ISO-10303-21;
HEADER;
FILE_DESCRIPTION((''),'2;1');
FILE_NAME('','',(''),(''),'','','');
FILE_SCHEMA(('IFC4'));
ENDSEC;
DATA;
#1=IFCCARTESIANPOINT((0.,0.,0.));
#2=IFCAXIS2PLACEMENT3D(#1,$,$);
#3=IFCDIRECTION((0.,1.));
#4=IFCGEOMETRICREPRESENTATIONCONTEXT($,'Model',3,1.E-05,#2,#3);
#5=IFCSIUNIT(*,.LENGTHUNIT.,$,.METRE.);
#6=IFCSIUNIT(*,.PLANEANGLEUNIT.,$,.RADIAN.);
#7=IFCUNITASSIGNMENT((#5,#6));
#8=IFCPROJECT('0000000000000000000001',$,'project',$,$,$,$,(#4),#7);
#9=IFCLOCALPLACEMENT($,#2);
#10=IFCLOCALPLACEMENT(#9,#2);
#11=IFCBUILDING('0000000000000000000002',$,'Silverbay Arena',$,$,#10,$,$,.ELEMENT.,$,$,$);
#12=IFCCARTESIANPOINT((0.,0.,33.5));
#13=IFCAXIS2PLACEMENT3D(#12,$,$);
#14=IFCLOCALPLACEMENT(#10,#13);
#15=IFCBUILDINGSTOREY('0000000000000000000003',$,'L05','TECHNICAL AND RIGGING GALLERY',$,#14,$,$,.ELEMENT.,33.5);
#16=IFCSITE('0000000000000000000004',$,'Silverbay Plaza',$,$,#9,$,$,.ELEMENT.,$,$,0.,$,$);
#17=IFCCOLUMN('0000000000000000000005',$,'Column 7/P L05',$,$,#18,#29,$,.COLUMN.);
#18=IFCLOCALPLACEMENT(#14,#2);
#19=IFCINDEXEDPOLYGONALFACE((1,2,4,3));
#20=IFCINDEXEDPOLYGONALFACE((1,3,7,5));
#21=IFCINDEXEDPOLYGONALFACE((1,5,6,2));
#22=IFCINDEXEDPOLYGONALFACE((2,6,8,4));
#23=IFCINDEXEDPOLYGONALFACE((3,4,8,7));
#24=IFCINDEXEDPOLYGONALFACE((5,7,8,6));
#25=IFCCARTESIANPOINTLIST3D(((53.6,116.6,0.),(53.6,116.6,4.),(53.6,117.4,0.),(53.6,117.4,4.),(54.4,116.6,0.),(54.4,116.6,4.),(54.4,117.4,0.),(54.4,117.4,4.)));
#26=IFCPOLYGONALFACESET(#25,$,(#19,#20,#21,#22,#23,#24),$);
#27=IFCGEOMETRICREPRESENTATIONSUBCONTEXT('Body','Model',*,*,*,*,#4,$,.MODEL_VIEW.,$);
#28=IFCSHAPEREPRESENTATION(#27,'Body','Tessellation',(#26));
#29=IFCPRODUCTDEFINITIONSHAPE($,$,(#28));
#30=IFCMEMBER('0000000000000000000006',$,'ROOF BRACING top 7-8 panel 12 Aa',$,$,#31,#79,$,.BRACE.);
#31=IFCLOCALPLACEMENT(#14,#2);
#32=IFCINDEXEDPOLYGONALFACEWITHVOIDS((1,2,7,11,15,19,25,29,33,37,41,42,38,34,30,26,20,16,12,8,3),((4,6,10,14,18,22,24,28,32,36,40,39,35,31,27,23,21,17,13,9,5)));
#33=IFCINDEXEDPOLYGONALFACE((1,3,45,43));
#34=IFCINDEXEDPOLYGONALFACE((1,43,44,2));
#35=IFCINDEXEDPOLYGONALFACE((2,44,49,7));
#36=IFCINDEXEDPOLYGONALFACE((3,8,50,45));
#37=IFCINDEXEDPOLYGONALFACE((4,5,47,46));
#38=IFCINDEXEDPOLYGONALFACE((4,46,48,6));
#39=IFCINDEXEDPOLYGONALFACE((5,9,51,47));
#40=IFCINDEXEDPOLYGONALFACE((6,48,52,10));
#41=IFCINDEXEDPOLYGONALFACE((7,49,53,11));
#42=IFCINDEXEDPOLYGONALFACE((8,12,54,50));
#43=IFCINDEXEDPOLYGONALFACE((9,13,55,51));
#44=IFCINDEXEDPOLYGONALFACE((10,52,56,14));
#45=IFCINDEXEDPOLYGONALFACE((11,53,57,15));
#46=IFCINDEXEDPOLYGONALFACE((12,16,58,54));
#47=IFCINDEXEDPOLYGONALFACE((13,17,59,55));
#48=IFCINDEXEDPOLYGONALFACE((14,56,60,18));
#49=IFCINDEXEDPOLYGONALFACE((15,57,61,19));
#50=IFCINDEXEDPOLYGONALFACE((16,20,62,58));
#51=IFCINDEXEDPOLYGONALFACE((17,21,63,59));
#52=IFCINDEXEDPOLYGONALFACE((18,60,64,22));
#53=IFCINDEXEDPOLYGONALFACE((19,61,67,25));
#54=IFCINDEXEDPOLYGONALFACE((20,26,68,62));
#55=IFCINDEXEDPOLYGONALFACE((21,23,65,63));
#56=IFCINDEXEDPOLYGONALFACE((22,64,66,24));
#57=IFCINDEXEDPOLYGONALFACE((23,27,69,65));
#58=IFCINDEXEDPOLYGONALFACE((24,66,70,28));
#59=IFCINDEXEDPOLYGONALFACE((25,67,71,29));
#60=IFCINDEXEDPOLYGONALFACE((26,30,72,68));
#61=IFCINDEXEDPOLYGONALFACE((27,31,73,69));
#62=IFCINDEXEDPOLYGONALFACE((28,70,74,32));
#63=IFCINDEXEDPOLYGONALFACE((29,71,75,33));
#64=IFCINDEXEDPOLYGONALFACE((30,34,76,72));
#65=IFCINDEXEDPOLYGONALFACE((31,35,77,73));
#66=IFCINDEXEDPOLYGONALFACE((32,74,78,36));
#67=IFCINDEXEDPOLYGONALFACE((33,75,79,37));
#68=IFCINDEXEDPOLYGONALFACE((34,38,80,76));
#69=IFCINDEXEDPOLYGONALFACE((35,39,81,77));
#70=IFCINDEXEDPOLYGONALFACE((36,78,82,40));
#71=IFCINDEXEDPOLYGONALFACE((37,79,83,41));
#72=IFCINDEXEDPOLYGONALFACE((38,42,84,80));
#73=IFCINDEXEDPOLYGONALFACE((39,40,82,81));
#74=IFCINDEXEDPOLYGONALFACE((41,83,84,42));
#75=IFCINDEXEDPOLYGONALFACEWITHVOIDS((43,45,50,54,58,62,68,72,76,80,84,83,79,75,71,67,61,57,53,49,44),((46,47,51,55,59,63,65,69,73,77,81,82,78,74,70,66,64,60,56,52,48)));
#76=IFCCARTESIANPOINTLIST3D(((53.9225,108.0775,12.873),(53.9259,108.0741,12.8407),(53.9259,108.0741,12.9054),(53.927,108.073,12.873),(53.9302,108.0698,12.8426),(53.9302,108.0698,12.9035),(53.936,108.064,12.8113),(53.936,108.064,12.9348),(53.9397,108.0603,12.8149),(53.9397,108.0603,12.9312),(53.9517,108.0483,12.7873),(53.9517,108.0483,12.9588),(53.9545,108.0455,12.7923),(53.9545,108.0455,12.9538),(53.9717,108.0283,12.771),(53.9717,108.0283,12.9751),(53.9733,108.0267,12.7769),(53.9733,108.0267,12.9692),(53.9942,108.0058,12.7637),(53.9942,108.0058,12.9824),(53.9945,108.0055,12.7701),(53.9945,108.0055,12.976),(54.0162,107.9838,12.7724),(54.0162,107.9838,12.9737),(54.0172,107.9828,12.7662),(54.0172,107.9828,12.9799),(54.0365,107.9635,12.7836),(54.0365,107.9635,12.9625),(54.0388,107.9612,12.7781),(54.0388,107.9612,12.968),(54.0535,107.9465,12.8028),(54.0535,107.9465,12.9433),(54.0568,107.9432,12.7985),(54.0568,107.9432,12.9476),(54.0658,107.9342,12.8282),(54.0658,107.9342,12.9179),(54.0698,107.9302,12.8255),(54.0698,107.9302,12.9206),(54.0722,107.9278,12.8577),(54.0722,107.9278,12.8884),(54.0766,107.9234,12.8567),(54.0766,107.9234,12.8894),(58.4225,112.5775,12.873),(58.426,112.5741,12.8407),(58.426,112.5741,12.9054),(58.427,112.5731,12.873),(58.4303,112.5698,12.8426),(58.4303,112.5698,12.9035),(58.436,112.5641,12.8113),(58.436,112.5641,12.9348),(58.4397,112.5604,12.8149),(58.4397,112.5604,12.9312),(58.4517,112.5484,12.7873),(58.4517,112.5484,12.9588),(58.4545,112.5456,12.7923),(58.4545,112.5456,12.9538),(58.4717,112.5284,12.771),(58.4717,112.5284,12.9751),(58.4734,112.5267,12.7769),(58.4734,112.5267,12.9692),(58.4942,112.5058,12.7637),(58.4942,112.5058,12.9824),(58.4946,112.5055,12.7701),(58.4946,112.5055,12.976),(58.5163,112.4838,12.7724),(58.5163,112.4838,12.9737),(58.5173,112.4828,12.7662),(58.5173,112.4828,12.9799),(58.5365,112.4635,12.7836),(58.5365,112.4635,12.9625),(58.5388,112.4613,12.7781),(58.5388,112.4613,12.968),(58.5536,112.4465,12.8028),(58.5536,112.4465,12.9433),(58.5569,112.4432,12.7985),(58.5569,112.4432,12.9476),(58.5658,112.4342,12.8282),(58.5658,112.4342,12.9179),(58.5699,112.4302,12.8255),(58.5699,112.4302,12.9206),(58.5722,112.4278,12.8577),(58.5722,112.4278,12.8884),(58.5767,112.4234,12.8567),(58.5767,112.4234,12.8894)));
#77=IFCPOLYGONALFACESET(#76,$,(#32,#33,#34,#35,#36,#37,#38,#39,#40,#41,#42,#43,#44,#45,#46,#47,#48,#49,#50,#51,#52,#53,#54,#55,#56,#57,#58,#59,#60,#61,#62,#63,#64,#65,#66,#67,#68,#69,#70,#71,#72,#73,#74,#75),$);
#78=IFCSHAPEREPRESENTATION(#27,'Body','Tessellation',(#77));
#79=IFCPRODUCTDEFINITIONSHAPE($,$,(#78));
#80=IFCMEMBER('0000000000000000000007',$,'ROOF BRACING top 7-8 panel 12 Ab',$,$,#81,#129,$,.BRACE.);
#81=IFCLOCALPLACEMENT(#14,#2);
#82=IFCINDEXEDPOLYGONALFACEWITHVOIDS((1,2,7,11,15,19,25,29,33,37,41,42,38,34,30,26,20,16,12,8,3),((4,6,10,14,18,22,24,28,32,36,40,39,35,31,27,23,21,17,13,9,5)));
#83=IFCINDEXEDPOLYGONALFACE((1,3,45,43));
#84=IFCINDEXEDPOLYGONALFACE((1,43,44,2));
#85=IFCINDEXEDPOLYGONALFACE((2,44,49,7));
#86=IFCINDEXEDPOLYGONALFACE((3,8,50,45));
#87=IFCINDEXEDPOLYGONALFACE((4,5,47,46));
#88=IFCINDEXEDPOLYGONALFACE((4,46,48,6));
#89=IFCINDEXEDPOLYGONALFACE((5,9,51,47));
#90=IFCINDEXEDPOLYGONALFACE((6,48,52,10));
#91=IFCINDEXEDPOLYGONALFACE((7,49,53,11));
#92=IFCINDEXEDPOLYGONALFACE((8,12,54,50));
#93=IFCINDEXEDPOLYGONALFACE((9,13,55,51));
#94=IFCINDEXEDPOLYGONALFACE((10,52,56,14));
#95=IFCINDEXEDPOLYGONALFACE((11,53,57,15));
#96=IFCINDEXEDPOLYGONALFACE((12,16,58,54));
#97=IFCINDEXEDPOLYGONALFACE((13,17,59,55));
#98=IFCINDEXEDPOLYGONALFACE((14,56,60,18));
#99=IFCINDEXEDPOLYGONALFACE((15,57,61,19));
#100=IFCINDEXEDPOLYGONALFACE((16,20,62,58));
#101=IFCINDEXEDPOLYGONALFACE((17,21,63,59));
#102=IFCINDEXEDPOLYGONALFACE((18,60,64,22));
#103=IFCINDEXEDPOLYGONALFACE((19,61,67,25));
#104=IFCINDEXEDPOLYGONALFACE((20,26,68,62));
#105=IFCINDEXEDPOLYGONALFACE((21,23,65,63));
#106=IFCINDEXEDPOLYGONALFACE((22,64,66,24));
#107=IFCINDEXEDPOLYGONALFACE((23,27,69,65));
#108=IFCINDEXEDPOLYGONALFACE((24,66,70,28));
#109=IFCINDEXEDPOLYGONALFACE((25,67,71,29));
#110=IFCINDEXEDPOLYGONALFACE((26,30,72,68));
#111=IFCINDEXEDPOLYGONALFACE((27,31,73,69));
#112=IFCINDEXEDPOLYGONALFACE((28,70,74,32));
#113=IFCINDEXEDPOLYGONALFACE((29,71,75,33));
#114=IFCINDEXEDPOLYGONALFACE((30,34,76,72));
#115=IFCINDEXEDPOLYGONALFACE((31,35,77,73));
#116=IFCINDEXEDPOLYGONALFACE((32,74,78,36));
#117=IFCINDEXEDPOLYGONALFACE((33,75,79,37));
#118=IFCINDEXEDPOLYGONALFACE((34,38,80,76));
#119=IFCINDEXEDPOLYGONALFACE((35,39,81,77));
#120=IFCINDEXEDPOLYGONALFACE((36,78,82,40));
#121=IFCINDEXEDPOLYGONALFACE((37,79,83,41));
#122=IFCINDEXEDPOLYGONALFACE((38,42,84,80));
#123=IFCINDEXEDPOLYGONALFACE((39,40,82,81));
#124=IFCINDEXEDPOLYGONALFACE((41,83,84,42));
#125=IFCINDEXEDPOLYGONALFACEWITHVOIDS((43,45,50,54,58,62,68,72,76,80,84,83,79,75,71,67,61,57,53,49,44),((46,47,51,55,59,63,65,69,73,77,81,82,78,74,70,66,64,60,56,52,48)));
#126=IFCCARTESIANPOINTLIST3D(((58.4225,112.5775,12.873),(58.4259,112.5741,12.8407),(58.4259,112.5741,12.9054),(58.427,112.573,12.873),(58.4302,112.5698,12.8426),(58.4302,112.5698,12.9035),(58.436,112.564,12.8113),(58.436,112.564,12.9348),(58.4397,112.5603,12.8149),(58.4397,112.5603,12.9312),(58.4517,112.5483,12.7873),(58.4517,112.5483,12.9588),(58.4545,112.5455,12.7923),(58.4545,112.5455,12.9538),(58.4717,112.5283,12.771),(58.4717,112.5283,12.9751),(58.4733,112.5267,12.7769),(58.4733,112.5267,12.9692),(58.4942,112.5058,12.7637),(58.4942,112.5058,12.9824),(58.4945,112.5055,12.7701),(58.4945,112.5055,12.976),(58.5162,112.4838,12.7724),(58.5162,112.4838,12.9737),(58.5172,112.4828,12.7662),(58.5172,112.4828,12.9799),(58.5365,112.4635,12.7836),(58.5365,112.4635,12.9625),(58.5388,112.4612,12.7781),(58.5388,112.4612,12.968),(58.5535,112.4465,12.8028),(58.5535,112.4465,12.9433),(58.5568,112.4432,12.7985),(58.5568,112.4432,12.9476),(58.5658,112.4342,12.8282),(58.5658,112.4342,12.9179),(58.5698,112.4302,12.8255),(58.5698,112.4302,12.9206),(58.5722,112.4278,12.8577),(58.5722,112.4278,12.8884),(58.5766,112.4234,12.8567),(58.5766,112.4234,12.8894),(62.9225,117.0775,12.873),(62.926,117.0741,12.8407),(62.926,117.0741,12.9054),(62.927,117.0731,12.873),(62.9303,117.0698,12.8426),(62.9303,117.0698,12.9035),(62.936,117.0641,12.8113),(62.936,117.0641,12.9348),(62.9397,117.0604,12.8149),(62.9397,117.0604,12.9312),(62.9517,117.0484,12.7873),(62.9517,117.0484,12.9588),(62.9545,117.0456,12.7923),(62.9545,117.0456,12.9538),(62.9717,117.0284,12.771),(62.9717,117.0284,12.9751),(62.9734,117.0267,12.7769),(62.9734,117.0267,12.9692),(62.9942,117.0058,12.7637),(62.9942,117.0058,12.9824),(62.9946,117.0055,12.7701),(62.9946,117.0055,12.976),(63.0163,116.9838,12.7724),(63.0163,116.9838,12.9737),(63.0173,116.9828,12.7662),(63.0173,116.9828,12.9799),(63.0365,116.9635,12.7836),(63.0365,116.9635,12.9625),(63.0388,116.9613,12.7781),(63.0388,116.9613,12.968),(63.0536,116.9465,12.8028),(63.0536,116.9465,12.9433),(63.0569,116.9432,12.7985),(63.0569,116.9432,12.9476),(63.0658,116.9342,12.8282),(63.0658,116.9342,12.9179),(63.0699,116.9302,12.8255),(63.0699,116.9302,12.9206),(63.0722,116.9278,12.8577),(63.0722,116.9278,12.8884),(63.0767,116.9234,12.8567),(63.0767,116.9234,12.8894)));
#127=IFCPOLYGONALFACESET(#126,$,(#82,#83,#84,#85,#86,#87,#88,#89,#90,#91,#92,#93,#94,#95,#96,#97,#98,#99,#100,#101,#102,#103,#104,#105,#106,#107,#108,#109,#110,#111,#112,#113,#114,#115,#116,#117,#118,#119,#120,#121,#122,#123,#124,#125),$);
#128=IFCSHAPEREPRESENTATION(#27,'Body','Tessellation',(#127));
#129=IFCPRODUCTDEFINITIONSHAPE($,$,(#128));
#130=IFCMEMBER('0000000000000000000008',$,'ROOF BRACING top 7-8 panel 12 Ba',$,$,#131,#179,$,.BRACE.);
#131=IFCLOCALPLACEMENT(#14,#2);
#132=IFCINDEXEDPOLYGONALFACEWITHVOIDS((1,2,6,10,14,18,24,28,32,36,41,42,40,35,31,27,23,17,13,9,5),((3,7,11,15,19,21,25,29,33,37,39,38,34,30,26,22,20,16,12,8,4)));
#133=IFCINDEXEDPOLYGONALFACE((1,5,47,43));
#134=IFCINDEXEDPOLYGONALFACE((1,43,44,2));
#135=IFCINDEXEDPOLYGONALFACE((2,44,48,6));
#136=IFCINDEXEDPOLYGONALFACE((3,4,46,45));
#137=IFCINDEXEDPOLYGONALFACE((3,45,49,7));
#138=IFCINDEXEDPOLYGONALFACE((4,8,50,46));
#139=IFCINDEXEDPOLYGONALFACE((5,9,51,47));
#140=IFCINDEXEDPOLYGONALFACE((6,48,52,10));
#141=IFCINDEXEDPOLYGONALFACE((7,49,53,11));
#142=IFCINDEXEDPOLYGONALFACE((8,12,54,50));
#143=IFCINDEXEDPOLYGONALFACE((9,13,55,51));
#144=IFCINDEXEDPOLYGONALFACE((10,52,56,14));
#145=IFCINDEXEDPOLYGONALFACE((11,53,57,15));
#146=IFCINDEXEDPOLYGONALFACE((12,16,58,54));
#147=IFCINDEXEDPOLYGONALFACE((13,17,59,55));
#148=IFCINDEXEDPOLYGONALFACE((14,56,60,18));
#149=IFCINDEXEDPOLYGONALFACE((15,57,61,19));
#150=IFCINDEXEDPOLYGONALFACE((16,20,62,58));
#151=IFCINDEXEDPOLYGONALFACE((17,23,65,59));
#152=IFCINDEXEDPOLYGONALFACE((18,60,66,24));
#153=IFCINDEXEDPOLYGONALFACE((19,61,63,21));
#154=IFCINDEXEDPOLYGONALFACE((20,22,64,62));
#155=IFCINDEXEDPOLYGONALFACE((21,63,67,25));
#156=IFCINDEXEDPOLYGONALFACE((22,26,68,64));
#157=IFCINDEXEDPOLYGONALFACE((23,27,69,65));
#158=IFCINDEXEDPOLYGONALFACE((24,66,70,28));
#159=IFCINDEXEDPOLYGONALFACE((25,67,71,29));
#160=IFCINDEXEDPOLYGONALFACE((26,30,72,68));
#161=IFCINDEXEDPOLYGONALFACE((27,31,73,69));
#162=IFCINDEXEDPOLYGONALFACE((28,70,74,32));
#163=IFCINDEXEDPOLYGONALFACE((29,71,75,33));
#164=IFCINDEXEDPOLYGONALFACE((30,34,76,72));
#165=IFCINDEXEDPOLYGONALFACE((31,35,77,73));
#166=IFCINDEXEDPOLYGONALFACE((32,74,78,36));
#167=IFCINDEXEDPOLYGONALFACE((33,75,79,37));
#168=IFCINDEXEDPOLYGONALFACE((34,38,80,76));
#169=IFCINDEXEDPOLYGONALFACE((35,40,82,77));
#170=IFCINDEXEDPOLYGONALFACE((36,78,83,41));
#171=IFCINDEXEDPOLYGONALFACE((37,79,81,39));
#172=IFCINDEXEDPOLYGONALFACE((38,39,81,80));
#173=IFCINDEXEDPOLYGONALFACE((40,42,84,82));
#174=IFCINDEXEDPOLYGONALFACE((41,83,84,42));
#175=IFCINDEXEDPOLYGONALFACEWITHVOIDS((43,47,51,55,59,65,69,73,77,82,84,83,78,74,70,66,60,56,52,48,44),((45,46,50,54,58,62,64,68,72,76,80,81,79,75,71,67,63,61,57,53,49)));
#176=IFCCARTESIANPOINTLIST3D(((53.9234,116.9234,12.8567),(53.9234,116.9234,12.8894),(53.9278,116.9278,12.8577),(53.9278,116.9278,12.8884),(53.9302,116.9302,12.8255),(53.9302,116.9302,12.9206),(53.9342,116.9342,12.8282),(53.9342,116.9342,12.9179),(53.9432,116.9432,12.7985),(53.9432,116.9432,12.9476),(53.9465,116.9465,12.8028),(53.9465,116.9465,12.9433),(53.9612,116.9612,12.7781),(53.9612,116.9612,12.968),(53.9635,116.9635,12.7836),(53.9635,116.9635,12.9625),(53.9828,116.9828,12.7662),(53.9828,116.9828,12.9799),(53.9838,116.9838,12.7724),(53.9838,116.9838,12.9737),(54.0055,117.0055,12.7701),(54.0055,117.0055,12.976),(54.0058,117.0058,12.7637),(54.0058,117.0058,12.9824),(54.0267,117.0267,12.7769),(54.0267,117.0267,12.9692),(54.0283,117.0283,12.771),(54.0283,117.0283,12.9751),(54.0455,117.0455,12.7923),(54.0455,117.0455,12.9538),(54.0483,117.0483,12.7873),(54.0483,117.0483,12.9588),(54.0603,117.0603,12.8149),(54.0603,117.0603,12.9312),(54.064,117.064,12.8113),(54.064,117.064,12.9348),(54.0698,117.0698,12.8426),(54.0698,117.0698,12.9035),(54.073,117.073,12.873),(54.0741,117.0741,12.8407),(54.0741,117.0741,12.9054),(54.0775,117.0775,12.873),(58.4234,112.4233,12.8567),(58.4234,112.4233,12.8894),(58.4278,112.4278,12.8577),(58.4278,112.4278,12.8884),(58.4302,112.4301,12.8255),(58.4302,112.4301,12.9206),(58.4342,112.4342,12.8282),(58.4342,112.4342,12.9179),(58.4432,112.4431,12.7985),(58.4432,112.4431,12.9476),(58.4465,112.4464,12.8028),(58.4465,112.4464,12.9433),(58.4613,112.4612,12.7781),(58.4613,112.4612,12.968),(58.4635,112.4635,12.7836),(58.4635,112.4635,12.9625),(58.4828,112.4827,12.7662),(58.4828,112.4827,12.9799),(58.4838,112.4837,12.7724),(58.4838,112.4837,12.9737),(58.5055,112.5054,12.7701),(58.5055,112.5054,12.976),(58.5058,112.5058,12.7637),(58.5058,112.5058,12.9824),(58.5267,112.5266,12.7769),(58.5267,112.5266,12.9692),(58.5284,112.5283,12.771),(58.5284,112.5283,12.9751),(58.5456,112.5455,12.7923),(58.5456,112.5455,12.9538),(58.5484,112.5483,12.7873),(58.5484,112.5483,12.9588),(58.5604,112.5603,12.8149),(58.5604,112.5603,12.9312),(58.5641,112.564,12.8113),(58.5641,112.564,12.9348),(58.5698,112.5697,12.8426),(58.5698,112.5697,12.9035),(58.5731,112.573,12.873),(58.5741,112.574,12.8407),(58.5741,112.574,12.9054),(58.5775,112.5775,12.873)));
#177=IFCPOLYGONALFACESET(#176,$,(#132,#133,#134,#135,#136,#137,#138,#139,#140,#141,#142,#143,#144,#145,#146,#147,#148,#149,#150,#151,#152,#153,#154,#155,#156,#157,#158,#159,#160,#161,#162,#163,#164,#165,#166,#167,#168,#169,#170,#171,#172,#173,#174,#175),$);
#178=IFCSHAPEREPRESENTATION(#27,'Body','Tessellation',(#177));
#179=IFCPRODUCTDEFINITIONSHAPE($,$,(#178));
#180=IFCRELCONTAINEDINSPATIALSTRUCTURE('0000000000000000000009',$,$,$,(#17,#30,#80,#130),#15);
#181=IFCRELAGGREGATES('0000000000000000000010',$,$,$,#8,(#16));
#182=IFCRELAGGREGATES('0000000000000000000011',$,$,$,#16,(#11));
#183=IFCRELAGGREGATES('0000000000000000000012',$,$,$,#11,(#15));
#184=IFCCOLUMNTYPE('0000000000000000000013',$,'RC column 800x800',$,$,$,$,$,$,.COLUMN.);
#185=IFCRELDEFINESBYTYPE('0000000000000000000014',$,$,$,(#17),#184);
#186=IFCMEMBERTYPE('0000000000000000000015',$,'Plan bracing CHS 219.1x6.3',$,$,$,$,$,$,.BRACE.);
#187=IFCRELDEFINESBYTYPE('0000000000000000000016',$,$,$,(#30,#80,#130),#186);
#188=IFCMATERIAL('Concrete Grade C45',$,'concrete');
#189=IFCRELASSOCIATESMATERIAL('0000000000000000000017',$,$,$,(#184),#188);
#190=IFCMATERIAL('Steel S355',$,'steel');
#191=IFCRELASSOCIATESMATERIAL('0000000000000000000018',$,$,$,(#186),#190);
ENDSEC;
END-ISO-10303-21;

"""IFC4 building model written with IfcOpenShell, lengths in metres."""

from ifc_helpers import new_model, si_unit, direction, frame, origin, origin_2d, place, context, subcontext, project, spatial, rectangle, hollow_circle, extrude, material, material_profile, profile_set, type_object, element, save


model = new_model("IFC4")

# Units and contexts
model_context = context("Model", 3, precision=1e-05, world=origin(), true_north=direction((0.0, 1.0)))
body_context = subcontext(model_context, "Body", "Model", "MODEL_VIEW")
ifc_project = project(units=[si_unit("LENGTHUNIT", "METRE"), si_unit("PLANEANGLEUNIT", "RADIAN")], contexts=[model_context])

# Site, building, storey
site_placement = place(None, origin())
site = spatial("IfcSite", under=ifc_project, at=site_placement, Name="Silverbay Plaza", CompositionType="ELEMENT", RefElevation=0.0)
building_placement = place(site_placement, origin())
building = spatial("IfcBuilding", under=site, at=building_placement, Name="Silverbay Arena", CompositionType="ELEMENT")
storey_placement = place(building_placement, frame((0.0, 0.0, 33.5)))
storey = spatial("IfcBuildingStorey", under=building, at=storey_placement, Name="L05", Description="TECHNICAL AND RIGGING GALLERY", CompositionType="ELEMENT", Elevation=33.5)

# Column
ifc_material_1 = material(Name="Concrete Grade C45", Category="concrete")
ifc_material_profile_1 = material_profile(ifc_material_1, rectangle(XDim=0.8, YDim=0.8, at=origin_2d()), Name="RC 800x800")
ifc_profile_set_1 = profile_set([ifc_material_profile_1], Name="Concrete Grade C45")
column_type = type_object("IfcColumnType", Name="RC column 800x800", PredefinedType="COLUMN", material=ifc_profile_set_1)
column_placement = place(storey_placement, frame((54.0, 117.0, 0.0), z_axis=(0.0, 0.0, 1.0), x_axis=(1.0, 0.0, 0.0)))
element("IfcColumn", 1, at=column_placement, inside=storey, type_object=column_type, Name="Column 7/P L05", PredefinedType="COLUMN", context=body_context, shape_type="SweptSolid", body=[
    extrude(rectangle(XDim=0.8, YDim=0.8, at=origin_2d()), origin(), (0.0, 0.0, 1.0), 4.0),
])

# Members
ifc_material_2 = material(Name="Steel S355", Category="steel")
ifc_material_profile_2 = material_profile(ifc_material_2, hollow_circle(Radius=0.1096, WallThickness=0.0063, at=origin_2d()), Name="CHS 219.1x6.3")
ifc_profile_set_2 = profile_set([ifc_material_profile_2], Name="Steel S355")
member_type_1 = type_object("IfcMemberType", Name="Plan bracing CHS 219.1x6.3", PredefinedType="BRACE", material=ifc_profile_set_2)
for number, where, z_axis, x_axis, name in (
    (2, (54.0, 108.0, 12.873), (0.707107, 0.707107, 0.0), (-0.707107, 0.707107, 0.0), "ROOF BRACING top 7-8 panel 12 Aa"),
    (3, (58.5, 112.5, 12.873), (0.707107, 0.707107, 0.0), (-0.707107, 0.707107, 0.0), "ROOF BRACING top 7-8 panel 12 Ab"),
    (4, (54.0, 117.0, 12.873), (0.707107, -0.707107, 0.0), (0.707107, 0.707107, 0.0), "ROOF BRACING top 7-8 panel 12 Ba"),
):
    element("IfcMember", number, at=place(storey_placement, frame(where, z_axis=z_axis, x_axis=x_axis)), inside=storey, type_object=member_type_1, Name=name, PredefinedType="BRACE", context=body_context, shape_type="SweptSolid", body=[
        extrude(hollow_circle(Radius=0.1096, WallThickness=0.0063, at=origin_2d()), origin(), (0.0, 0.0, 1.0), 6.364),
    ])

save(model, "model.ifc")
